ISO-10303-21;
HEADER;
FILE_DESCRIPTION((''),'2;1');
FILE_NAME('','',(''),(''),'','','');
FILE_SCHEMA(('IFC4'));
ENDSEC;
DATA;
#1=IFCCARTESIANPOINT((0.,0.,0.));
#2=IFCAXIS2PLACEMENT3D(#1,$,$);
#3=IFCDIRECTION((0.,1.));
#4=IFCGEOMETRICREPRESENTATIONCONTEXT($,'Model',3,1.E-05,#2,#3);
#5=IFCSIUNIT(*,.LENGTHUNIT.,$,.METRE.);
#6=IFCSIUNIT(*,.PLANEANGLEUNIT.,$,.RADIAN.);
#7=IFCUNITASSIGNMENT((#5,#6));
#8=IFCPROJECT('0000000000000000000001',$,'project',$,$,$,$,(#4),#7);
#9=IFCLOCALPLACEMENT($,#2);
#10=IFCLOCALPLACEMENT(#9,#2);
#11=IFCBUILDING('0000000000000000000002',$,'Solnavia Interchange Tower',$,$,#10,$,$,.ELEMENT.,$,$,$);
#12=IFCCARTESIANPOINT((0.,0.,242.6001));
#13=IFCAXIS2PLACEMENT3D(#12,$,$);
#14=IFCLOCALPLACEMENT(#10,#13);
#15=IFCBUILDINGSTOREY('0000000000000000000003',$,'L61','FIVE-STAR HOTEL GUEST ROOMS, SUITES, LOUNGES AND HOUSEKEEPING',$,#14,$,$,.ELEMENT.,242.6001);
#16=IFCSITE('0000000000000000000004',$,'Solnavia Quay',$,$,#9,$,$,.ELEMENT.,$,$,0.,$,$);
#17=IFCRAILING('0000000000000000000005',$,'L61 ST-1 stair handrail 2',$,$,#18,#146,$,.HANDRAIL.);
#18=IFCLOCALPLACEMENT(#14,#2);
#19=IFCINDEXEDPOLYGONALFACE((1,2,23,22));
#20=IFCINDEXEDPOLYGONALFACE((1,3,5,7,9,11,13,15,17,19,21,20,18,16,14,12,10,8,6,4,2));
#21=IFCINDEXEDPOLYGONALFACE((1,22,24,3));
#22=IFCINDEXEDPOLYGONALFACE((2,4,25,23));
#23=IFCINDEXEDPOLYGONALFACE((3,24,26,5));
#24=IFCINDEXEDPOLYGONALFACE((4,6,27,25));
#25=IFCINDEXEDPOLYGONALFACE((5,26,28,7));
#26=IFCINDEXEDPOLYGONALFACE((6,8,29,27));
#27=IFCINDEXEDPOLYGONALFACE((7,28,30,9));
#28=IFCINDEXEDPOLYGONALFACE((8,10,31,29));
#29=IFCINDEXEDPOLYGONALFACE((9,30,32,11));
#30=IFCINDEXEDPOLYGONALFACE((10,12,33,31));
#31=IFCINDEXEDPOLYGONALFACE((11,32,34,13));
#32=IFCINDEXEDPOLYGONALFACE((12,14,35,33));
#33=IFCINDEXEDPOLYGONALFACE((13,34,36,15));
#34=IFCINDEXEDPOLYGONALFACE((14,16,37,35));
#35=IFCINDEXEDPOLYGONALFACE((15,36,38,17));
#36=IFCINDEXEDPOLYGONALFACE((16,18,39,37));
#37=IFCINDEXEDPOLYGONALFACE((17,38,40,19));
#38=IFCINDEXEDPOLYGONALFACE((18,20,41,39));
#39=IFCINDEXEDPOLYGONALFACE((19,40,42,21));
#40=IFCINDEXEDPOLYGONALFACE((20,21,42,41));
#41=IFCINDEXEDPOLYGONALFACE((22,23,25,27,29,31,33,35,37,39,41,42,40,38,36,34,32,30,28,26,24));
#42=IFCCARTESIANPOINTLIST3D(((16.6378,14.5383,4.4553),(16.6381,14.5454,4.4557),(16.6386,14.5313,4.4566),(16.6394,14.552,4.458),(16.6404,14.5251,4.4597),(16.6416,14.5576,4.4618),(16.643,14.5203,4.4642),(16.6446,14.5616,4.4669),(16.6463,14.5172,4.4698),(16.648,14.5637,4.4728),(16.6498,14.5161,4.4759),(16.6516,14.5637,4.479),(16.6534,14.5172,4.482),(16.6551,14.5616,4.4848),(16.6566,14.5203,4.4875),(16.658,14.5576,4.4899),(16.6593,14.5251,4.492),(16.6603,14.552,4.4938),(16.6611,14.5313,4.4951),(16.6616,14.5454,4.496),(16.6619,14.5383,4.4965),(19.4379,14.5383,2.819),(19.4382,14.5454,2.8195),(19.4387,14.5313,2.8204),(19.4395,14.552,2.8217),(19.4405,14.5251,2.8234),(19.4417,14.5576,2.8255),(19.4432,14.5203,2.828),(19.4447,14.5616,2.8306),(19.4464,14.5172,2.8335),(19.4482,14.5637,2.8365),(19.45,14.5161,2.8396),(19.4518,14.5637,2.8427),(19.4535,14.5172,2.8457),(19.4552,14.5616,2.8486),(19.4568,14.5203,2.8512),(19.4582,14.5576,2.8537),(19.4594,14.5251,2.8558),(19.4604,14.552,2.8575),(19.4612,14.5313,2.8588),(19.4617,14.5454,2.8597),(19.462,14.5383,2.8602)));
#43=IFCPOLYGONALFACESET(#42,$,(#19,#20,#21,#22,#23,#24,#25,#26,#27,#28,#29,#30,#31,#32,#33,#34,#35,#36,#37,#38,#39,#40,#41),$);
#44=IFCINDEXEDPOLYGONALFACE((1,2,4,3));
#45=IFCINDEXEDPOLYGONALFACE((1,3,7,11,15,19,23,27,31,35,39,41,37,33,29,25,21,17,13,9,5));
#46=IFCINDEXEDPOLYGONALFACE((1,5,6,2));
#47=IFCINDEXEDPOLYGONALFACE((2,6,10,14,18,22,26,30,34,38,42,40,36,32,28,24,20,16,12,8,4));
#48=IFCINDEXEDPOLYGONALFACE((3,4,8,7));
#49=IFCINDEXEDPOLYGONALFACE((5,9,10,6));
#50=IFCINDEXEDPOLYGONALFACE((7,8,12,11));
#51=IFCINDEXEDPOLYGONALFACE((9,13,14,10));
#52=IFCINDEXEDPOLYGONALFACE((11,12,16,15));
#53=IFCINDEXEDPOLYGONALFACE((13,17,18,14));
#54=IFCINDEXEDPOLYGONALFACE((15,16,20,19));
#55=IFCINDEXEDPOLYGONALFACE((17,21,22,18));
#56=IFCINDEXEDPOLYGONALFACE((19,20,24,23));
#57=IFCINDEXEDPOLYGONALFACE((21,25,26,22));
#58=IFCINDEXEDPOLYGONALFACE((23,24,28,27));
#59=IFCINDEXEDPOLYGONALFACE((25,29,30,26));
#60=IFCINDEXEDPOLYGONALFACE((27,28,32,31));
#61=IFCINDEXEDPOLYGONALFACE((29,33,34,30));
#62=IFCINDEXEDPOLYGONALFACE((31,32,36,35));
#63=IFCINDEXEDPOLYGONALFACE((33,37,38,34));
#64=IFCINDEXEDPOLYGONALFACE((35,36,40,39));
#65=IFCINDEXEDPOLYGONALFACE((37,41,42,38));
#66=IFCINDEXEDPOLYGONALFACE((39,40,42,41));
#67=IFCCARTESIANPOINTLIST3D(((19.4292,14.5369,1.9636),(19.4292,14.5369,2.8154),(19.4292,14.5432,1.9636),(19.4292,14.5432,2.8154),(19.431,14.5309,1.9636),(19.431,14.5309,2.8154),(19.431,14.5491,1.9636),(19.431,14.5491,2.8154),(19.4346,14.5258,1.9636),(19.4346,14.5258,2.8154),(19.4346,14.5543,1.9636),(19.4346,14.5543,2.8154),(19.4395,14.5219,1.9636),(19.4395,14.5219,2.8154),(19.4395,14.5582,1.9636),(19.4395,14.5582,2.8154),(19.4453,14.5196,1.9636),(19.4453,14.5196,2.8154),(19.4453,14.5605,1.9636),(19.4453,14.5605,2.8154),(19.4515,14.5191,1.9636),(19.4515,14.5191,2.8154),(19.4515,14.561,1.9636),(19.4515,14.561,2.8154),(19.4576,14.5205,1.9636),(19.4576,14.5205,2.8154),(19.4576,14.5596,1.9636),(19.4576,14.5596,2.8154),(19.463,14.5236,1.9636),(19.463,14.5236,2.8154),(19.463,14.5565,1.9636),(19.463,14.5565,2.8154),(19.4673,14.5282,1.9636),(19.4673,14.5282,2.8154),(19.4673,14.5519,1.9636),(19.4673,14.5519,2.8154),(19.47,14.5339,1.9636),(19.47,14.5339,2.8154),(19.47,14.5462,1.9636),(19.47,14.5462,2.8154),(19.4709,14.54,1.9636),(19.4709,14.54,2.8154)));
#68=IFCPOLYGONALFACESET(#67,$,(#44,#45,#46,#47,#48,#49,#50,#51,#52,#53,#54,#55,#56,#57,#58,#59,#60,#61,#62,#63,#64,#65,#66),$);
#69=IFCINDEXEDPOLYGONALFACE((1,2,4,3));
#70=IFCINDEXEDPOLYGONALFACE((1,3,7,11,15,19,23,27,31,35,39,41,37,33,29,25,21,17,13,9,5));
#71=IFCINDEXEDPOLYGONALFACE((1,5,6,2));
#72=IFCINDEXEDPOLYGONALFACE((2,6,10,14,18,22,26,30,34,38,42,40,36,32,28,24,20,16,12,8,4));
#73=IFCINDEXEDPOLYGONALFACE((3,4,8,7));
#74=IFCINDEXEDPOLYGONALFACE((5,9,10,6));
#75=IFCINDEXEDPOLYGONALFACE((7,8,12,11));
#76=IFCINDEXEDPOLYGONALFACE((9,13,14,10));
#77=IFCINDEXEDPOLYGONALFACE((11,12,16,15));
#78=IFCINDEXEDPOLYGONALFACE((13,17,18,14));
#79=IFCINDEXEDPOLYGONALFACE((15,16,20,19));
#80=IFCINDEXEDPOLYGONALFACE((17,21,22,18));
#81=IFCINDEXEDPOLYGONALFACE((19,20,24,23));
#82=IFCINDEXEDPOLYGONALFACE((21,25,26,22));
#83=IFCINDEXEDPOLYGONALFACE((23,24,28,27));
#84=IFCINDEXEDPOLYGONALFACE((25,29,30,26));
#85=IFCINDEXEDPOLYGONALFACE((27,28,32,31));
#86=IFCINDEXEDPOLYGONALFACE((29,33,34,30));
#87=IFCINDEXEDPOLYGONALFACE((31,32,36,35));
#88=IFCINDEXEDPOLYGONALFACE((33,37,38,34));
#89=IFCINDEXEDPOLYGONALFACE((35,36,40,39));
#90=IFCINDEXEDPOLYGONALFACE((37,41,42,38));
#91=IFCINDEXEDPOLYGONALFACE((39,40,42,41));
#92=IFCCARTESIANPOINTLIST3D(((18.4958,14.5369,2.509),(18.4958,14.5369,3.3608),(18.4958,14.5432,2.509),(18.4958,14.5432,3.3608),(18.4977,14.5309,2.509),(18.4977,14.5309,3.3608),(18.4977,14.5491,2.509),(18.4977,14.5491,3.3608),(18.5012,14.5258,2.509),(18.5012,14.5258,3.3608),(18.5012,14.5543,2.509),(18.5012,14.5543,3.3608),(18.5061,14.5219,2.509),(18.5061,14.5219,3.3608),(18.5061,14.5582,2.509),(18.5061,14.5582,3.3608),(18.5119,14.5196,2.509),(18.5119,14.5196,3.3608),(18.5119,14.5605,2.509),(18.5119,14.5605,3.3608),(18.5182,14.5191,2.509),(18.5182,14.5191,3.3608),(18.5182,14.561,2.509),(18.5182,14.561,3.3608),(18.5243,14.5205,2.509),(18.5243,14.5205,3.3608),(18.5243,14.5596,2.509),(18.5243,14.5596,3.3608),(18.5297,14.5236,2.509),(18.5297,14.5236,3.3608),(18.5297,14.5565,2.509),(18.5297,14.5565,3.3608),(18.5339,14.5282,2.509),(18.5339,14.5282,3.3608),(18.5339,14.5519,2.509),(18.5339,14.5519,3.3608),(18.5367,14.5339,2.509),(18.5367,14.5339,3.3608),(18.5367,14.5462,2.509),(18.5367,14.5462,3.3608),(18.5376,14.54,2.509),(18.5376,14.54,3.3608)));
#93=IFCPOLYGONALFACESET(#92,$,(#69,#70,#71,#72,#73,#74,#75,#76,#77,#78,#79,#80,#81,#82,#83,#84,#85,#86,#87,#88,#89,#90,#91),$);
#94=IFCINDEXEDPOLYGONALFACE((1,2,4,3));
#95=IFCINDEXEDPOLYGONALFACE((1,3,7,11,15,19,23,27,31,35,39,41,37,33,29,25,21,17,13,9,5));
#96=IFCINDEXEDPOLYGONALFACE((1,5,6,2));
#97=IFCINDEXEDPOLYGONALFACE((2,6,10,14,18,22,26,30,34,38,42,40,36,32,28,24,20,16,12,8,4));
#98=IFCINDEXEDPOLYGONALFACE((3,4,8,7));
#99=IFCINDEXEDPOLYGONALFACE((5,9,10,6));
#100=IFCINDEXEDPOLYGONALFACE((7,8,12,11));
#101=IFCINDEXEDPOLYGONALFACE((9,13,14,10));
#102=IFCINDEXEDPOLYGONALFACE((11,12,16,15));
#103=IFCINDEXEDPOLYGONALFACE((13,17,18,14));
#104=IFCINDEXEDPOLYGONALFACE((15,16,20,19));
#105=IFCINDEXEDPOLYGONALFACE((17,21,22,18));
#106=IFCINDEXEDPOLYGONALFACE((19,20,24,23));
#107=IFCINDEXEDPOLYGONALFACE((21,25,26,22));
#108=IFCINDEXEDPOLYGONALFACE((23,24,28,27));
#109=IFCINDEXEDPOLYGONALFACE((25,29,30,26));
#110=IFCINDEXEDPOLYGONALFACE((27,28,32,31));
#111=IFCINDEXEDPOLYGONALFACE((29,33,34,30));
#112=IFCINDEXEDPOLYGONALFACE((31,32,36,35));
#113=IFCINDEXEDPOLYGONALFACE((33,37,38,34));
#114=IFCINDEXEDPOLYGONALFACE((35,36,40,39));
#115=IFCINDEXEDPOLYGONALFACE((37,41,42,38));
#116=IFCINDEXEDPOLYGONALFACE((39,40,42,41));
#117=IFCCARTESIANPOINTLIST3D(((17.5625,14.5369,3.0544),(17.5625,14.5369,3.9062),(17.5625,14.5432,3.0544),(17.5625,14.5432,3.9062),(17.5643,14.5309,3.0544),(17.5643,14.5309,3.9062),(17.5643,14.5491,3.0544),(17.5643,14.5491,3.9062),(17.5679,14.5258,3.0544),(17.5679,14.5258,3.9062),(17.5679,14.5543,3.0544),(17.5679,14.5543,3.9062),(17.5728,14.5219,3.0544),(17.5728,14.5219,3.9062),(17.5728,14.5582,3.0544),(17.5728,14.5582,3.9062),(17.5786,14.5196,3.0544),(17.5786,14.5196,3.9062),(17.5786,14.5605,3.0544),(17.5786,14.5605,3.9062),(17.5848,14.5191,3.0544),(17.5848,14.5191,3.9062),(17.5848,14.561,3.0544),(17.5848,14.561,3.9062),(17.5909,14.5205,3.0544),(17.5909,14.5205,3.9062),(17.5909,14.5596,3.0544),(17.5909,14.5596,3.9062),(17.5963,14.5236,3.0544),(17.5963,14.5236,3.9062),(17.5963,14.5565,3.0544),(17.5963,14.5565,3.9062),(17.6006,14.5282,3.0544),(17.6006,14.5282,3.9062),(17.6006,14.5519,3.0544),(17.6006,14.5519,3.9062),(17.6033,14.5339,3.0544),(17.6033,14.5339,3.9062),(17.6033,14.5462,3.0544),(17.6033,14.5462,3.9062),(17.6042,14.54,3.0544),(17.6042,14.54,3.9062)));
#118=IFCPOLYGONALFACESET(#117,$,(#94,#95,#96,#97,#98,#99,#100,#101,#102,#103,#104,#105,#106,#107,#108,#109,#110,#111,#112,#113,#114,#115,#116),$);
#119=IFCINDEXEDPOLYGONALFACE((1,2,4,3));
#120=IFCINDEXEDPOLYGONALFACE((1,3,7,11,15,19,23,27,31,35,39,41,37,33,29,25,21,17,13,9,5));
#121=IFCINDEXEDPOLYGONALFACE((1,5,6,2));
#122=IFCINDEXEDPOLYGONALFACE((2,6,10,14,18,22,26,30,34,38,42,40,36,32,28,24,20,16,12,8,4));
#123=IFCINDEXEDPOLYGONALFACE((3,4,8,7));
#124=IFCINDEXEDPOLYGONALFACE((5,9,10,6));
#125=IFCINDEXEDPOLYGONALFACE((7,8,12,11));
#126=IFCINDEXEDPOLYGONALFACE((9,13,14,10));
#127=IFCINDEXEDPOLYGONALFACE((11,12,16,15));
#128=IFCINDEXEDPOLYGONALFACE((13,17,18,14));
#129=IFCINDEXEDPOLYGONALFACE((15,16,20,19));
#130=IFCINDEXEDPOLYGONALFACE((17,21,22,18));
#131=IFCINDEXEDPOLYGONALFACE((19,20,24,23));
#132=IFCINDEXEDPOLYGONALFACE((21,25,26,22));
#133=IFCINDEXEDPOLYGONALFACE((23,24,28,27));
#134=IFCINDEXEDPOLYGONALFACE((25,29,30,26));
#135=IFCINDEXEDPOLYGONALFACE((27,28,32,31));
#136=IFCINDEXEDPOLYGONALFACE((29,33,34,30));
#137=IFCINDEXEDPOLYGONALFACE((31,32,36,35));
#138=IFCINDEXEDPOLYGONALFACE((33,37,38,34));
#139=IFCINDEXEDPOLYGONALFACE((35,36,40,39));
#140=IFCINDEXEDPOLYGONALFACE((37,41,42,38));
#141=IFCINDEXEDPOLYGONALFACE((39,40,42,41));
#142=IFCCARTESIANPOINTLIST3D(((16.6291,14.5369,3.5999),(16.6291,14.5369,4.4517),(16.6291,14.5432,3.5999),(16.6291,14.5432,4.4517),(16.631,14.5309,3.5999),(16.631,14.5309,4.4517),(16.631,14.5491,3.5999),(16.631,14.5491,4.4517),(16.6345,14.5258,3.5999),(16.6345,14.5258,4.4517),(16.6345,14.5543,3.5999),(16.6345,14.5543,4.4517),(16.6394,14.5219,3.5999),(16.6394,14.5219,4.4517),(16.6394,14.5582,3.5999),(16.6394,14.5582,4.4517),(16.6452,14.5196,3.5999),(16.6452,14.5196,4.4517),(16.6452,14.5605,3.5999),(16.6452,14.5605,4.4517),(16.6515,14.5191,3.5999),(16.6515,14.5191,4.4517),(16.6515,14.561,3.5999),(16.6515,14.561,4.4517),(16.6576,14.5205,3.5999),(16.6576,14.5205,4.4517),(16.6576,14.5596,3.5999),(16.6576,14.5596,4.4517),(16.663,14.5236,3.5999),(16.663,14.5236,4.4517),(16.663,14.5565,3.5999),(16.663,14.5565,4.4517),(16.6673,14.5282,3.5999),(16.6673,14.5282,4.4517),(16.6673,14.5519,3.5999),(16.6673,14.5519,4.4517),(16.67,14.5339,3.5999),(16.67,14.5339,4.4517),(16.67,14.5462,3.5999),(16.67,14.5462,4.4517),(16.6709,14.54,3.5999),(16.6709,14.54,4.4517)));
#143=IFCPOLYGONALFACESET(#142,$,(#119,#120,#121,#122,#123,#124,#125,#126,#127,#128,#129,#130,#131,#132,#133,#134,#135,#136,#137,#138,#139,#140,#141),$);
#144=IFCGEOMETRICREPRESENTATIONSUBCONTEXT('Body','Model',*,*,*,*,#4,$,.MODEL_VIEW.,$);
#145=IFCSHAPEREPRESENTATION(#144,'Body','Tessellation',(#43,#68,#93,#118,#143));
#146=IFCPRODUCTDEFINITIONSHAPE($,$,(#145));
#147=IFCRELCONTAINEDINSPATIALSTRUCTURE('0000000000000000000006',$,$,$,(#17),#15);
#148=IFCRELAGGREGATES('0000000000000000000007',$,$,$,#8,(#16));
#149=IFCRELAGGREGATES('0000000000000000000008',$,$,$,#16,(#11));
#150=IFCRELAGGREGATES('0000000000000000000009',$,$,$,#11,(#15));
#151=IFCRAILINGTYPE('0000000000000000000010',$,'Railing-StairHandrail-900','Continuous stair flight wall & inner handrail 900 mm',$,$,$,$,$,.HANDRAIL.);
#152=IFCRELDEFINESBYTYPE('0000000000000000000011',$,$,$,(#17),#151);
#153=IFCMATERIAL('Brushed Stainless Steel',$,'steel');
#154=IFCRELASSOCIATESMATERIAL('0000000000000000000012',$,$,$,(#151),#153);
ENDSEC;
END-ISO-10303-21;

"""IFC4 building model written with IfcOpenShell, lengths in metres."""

from ifc_helpers import new_model, si_unit, direction, frame, origin, origin_2d, place, context, subcontext, project, spatial, circle, extrude, material, type_object, element, save


model = new_model("IFC4")

# Units and contexts
model_context = context("Model", 3, precision=1e-05, world=origin(), true_north=direction((0.0, 1.0)))
body_context = subcontext(model_context, "Body", "Model", "MODEL_VIEW")
ifc_project = project(units=[si_unit("LENGTHUNIT", "METRE"), si_unit("PLANEANGLEUNIT", "RADIAN")], contexts=[model_context])

# Site, building, storey
site_placement = place(None, origin())
site = spatial("IfcSite", under=ifc_project, at=site_placement, Name="Solnavia Quay", CompositionType="ELEMENT", RefElevation=0.0)
building_placement = place(site_placement, origin())
building = spatial("IfcBuilding", under=site, at=building_placement, Name="Solnavia Interchange Tower", CompositionType="ELEMENT")
storey_placement = place(building_placement, frame((0.0, 0.0, 242.6001)))
storey = spatial("IfcBuildingStorey", under=building, at=storey_placement, Name="L61", Description="FIVE-STAR HOTEL GUEST ROOMS, SUITES, LOUNGES AND HOUSEKEEPING", CompositionType="ELEMENT", Elevation=242.6001)

# Railing
ifc_material_1 = material(Name="Brushed Stainless Steel", Category="steel")
railing_type_1 = type_object("IfcRailingType", Name="Railing-StairHandrail-900", Description="Continuous stair flight wall & inner handrail 900 mm", PredefinedType="HANDRAIL", material=ifc_material_1)
railing_1_placement = place(storey_placement, frame((19.45, 14.54, 1.9636)))
element("IfcRailing", 1, at=railing_1_placement, inside=storey, type_object=railing_type_1, Name="L61 ST-1 stair handrail 2", PredefinedType="HANDRAIL", context=body_context, shape_type="SweptSolid", body=[
    extrude(circle(Radius=0.0239, at=origin_2d()), frame((0.0, 0.0, 0.876), z_axis=(-0.863394, 0.0, 0.504531), x_axis=(0.0, -1.0, 0.0)), (0.0, 0.0, 1.0), 3.2432),
    extrude(circle(Radius=0.021, at=origin_2d()), origin(), (0.0, 0.0, 1.0), 0.8518),
    extrude(circle(Radius=0.021, at=origin_2d()), frame((-0.9333, 0.0, 0.5454)), (0.0, 0.0, 1.0), 0.8518),
    extrude(circle(Radius=0.021, at=origin_2d()), frame((-1.8667, 0.0, 1.0908)), (0.0, 0.0, 1.0), 0.8518),
    extrude(circle(Radius=0.021, at=origin_2d()), frame((-2.8, 0.0, 1.6362)), (0.0, 0.0, 1.0), 0.8518),
])

save(model, "model.ifc")
